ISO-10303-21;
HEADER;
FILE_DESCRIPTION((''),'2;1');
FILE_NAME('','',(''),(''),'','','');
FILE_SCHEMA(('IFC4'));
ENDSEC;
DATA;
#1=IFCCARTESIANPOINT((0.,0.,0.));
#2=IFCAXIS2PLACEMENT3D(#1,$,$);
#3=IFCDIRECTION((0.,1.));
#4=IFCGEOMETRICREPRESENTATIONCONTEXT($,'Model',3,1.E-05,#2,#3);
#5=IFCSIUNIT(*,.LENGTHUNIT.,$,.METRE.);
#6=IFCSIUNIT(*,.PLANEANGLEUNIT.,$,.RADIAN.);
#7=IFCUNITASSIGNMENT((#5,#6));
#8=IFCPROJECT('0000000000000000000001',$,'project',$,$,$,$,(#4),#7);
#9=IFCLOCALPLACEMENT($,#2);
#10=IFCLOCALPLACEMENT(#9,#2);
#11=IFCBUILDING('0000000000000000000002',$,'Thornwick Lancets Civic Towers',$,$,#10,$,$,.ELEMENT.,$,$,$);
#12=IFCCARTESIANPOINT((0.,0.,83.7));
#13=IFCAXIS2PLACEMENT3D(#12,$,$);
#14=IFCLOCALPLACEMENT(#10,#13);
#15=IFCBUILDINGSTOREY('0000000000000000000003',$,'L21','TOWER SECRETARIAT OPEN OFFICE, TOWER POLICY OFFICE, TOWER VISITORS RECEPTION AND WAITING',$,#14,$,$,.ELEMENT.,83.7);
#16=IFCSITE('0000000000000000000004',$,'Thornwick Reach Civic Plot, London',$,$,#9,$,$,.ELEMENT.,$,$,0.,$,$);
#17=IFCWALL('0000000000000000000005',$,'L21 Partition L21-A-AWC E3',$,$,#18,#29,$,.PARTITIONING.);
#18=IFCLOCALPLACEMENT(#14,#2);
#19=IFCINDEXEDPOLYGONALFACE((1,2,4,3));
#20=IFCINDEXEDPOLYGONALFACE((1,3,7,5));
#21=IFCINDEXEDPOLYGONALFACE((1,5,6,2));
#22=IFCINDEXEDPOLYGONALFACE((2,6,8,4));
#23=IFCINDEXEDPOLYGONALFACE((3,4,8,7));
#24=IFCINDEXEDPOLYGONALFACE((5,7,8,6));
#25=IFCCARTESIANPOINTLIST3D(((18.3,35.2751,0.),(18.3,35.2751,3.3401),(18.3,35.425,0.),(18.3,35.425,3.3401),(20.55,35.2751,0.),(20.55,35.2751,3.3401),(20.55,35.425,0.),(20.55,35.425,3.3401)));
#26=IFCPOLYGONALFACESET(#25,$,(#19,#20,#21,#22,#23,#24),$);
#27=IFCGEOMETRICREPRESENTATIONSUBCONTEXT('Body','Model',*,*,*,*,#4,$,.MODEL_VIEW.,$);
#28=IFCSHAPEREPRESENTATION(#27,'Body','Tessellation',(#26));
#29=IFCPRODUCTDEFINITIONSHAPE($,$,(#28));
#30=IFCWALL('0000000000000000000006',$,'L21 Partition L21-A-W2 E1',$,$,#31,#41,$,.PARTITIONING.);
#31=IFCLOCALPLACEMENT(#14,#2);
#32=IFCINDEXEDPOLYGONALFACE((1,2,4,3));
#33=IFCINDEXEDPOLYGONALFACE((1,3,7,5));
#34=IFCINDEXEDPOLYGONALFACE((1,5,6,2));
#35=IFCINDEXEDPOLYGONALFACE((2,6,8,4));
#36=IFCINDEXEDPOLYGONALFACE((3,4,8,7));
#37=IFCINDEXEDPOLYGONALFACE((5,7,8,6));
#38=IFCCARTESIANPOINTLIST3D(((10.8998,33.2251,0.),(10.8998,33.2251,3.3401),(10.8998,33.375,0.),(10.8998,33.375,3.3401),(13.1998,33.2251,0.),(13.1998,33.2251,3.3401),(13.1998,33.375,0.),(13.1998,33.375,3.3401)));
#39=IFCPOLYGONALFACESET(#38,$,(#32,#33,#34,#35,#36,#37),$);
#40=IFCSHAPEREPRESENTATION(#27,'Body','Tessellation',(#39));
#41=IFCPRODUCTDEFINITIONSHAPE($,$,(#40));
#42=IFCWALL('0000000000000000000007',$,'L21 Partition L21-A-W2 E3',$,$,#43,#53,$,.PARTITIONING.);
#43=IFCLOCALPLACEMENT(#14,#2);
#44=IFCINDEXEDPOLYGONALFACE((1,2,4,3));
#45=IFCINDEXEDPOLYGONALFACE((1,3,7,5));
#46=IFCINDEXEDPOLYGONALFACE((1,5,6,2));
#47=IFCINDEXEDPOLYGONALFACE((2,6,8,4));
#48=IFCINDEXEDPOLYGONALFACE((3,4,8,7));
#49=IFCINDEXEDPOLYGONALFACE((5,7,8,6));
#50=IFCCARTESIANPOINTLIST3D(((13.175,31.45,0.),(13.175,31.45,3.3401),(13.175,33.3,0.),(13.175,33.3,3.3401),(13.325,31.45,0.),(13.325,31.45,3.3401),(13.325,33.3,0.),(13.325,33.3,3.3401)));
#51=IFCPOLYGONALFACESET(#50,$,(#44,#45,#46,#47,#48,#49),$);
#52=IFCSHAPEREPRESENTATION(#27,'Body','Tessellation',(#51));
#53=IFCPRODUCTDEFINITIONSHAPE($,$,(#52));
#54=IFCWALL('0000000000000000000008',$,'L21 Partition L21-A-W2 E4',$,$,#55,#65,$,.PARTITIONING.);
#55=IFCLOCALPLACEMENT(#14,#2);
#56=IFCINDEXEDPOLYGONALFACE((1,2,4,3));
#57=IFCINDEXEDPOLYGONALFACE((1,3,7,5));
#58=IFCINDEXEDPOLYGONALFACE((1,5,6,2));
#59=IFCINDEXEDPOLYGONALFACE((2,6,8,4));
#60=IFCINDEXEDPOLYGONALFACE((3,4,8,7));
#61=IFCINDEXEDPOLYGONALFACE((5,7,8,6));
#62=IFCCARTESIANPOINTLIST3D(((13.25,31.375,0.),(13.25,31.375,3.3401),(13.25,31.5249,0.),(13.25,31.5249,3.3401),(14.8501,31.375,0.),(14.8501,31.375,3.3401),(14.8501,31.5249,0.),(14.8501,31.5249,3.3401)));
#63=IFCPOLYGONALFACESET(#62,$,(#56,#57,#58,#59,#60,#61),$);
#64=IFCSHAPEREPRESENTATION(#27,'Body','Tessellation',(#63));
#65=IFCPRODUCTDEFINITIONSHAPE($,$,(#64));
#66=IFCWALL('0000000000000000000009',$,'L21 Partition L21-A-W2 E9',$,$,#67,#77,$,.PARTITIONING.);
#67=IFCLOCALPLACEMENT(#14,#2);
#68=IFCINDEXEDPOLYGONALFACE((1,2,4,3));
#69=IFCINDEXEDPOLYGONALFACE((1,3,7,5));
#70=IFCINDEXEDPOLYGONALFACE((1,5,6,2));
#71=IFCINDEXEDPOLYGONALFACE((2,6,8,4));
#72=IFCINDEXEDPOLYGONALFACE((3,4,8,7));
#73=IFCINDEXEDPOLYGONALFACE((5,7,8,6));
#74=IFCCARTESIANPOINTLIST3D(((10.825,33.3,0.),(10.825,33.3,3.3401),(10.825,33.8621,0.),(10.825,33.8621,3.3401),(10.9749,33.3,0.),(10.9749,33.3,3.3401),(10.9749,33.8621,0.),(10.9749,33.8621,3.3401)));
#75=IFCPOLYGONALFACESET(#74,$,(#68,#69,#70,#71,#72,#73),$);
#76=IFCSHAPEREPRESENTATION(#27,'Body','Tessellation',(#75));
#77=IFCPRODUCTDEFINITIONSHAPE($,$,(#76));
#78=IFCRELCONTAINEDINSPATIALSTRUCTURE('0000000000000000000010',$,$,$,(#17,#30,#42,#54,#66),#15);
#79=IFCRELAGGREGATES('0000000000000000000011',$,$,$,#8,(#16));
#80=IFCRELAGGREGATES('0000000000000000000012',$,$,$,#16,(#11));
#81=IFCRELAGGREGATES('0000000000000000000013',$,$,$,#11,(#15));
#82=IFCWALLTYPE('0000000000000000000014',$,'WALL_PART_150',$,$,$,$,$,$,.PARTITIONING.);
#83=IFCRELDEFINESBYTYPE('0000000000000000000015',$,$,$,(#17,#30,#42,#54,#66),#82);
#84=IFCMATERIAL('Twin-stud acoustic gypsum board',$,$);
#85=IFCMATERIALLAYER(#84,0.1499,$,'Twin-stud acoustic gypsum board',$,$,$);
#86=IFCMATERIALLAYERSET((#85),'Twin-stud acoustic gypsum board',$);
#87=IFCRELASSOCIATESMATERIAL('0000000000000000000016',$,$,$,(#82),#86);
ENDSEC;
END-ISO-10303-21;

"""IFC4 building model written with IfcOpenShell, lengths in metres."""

from ifc_helpers import new_model, si_unit, direction, frame, frame_2d, origin, place, context, subcontext, project, spatial, rectangle, extrude, material, layer, layer_set, type_object, element, save


model = new_model("IFC4")

# Units and contexts
model_context = context("Model", 3, precision=1e-05, world=origin(), true_north=direction((0.0, 1.0)))
body_context = subcontext(model_context, "Body", "Model", "MODEL_VIEW")
ifc_project = project(units=[si_unit("LENGTHUNIT", "METRE"), si_unit("PLANEANGLEUNIT", "RADIAN")], contexts=[model_context])

# Site, building, storey
site_placement = place(None, origin())
site = spatial("IfcSite", under=ifc_project, at=site_placement, Name="Thornwick Reach Civic Plot, London", CompositionType="ELEMENT", RefElevation=0.0)
building_placement = place(site_placement, origin())
building = spatial("IfcBuilding", under=site, at=building_placement, Name="Thornwick Lancets Civic Towers", CompositionType="ELEMENT")
storey_placement = place(building_placement, frame((0.0, 0.0, 83.7)))
storey = spatial("IfcBuildingStorey", under=building, at=storey_placement, Name="L21", Description="TOWER SECRETARIAT OPEN OFFICE, TOWER POLICY OFFICE, TOWER VISITORS RECEPTION AND WAITING", CompositionType="ELEMENT", Elevation=83.7)

# Shared definitions
ifc_material_1 = material(Name="Twin-stud acoustic gypsum board")
ifc_layer_1 = layer(ifc_material_1, 0.1499, Name="Twin-stud acoustic gypsum board")
ifc_layer_set_1 = layer_set([ifc_layer_1], Name="Twin-stud acoustic gypsum board")
wall_type_1 = type_object("IfcWallType", Name="WALL_PART_150", PredefinedType="PARTITIONING", material=ifc_layer_set_1)

# Walls
wall_1_placement = place(storey_placement, frame((20.55, 35.3501, 0.0), z_axis=(0.0, 0.0, 1.0), x_axis=(-1.0, 0.0, 0.0)))
element("IfcWall", 1, at=wall_1_placement, inside=storey, type_object=wall_type_1, Name="L21 Partition L21-A-AWC E3", PredefinedType="PARTITIONING", context=body_context, shape_type="SweptSolid", body=[
    extrude(rectangle(XDim=2.25, YDim=0.1499, at=frame_2d((1.125, 0.0))), origin(), (0.0, 0.0, 1.0), 3.3401),
])
wall_2_placement = place(storey_placement, frame((10.8999, 33.3, 0.0), z_axis=(0.0, 0.0, 1.0), x_axis=(1.0, 0.0, 0.0)))
element("IfcWall", 2, at=wall_2_placement, inside=storey, type_object=wall_type_1, Name="L21 Partition L21-A-W2 E1", PredefinedType="PARTITIONING", context=body_context, shape_type="SweptSolid", body=[
    extrude(rectangle(XDim=2.3, YDim=0.1499, at=frame_2d((1.1499, 0.0))), origin(), (0.0, 0.0, 1.0), 3.3401),
])
wall_3_placement = place(storey_placement, frame((13.25, 33.3, 0.0), z_axis=(0.0, 0.0, 1.0), x_axis=(0.0, -1.0, 0.0)))
element("IfcWall", 3, at=wall_3_placement, inside=storey, type_object=wall_type_1, Name="L21 Partition L21-A-W2 E3", PredefinedType="PARTITIONING", context=body_context, shape_type="SweptSolid", body=[
    extrude(rectangle(XDim=1.8501, YDim=0.1499, at=frame_2d((0.925, 0.0))), origin(), (0.0, 0.0, 1.0), 3.3401),
])
wall_4_placement = place(storey_placement, frame((13.25, 31.45, 0.0), z_axis=(0.0, 0.0, 1.0), x_axis=(1.0, 0.0, 0.0)))
element("IfcWall", 4, at=wall_4_placement, inside=storey, type_object=wall_type_1, Name="L21 Partition L21-A-W2 E4", PredefinedType="PARTITIONING", context=body_context, shape_type="SweptSolid", body=[
    extrude(rectangle(XDim=1.6001, YDim=0.1499, at=frame_2d((0.8, 0.0))), origin(), (0.0, 0.0, 1.0), 3.3401),
])

# Wall
wall_5_placement = place(storey_placement, frame((10.8999, 33.8621, 0.0), z_axis=(0.0, 0.0, 1.0), x_axis=(0.0, -1.0, 0.0)))
element("IfcWall", 5, at=wall_5_placement, inside=storey, type_object=wall_type_1, Name="L21 Partition L21-A-W2 E9", PredefinedType="PARTITIONING", context=body_context, shape_type="SweptSolid", body=[
    extrude(rectangle(XDim=0.562, YDim=0.1499, at=frame_2d((0.281, 0.0))), origin(), (0.0, 0.0, 1.0), 3.3401),
])

save(model, "model.ifc")
